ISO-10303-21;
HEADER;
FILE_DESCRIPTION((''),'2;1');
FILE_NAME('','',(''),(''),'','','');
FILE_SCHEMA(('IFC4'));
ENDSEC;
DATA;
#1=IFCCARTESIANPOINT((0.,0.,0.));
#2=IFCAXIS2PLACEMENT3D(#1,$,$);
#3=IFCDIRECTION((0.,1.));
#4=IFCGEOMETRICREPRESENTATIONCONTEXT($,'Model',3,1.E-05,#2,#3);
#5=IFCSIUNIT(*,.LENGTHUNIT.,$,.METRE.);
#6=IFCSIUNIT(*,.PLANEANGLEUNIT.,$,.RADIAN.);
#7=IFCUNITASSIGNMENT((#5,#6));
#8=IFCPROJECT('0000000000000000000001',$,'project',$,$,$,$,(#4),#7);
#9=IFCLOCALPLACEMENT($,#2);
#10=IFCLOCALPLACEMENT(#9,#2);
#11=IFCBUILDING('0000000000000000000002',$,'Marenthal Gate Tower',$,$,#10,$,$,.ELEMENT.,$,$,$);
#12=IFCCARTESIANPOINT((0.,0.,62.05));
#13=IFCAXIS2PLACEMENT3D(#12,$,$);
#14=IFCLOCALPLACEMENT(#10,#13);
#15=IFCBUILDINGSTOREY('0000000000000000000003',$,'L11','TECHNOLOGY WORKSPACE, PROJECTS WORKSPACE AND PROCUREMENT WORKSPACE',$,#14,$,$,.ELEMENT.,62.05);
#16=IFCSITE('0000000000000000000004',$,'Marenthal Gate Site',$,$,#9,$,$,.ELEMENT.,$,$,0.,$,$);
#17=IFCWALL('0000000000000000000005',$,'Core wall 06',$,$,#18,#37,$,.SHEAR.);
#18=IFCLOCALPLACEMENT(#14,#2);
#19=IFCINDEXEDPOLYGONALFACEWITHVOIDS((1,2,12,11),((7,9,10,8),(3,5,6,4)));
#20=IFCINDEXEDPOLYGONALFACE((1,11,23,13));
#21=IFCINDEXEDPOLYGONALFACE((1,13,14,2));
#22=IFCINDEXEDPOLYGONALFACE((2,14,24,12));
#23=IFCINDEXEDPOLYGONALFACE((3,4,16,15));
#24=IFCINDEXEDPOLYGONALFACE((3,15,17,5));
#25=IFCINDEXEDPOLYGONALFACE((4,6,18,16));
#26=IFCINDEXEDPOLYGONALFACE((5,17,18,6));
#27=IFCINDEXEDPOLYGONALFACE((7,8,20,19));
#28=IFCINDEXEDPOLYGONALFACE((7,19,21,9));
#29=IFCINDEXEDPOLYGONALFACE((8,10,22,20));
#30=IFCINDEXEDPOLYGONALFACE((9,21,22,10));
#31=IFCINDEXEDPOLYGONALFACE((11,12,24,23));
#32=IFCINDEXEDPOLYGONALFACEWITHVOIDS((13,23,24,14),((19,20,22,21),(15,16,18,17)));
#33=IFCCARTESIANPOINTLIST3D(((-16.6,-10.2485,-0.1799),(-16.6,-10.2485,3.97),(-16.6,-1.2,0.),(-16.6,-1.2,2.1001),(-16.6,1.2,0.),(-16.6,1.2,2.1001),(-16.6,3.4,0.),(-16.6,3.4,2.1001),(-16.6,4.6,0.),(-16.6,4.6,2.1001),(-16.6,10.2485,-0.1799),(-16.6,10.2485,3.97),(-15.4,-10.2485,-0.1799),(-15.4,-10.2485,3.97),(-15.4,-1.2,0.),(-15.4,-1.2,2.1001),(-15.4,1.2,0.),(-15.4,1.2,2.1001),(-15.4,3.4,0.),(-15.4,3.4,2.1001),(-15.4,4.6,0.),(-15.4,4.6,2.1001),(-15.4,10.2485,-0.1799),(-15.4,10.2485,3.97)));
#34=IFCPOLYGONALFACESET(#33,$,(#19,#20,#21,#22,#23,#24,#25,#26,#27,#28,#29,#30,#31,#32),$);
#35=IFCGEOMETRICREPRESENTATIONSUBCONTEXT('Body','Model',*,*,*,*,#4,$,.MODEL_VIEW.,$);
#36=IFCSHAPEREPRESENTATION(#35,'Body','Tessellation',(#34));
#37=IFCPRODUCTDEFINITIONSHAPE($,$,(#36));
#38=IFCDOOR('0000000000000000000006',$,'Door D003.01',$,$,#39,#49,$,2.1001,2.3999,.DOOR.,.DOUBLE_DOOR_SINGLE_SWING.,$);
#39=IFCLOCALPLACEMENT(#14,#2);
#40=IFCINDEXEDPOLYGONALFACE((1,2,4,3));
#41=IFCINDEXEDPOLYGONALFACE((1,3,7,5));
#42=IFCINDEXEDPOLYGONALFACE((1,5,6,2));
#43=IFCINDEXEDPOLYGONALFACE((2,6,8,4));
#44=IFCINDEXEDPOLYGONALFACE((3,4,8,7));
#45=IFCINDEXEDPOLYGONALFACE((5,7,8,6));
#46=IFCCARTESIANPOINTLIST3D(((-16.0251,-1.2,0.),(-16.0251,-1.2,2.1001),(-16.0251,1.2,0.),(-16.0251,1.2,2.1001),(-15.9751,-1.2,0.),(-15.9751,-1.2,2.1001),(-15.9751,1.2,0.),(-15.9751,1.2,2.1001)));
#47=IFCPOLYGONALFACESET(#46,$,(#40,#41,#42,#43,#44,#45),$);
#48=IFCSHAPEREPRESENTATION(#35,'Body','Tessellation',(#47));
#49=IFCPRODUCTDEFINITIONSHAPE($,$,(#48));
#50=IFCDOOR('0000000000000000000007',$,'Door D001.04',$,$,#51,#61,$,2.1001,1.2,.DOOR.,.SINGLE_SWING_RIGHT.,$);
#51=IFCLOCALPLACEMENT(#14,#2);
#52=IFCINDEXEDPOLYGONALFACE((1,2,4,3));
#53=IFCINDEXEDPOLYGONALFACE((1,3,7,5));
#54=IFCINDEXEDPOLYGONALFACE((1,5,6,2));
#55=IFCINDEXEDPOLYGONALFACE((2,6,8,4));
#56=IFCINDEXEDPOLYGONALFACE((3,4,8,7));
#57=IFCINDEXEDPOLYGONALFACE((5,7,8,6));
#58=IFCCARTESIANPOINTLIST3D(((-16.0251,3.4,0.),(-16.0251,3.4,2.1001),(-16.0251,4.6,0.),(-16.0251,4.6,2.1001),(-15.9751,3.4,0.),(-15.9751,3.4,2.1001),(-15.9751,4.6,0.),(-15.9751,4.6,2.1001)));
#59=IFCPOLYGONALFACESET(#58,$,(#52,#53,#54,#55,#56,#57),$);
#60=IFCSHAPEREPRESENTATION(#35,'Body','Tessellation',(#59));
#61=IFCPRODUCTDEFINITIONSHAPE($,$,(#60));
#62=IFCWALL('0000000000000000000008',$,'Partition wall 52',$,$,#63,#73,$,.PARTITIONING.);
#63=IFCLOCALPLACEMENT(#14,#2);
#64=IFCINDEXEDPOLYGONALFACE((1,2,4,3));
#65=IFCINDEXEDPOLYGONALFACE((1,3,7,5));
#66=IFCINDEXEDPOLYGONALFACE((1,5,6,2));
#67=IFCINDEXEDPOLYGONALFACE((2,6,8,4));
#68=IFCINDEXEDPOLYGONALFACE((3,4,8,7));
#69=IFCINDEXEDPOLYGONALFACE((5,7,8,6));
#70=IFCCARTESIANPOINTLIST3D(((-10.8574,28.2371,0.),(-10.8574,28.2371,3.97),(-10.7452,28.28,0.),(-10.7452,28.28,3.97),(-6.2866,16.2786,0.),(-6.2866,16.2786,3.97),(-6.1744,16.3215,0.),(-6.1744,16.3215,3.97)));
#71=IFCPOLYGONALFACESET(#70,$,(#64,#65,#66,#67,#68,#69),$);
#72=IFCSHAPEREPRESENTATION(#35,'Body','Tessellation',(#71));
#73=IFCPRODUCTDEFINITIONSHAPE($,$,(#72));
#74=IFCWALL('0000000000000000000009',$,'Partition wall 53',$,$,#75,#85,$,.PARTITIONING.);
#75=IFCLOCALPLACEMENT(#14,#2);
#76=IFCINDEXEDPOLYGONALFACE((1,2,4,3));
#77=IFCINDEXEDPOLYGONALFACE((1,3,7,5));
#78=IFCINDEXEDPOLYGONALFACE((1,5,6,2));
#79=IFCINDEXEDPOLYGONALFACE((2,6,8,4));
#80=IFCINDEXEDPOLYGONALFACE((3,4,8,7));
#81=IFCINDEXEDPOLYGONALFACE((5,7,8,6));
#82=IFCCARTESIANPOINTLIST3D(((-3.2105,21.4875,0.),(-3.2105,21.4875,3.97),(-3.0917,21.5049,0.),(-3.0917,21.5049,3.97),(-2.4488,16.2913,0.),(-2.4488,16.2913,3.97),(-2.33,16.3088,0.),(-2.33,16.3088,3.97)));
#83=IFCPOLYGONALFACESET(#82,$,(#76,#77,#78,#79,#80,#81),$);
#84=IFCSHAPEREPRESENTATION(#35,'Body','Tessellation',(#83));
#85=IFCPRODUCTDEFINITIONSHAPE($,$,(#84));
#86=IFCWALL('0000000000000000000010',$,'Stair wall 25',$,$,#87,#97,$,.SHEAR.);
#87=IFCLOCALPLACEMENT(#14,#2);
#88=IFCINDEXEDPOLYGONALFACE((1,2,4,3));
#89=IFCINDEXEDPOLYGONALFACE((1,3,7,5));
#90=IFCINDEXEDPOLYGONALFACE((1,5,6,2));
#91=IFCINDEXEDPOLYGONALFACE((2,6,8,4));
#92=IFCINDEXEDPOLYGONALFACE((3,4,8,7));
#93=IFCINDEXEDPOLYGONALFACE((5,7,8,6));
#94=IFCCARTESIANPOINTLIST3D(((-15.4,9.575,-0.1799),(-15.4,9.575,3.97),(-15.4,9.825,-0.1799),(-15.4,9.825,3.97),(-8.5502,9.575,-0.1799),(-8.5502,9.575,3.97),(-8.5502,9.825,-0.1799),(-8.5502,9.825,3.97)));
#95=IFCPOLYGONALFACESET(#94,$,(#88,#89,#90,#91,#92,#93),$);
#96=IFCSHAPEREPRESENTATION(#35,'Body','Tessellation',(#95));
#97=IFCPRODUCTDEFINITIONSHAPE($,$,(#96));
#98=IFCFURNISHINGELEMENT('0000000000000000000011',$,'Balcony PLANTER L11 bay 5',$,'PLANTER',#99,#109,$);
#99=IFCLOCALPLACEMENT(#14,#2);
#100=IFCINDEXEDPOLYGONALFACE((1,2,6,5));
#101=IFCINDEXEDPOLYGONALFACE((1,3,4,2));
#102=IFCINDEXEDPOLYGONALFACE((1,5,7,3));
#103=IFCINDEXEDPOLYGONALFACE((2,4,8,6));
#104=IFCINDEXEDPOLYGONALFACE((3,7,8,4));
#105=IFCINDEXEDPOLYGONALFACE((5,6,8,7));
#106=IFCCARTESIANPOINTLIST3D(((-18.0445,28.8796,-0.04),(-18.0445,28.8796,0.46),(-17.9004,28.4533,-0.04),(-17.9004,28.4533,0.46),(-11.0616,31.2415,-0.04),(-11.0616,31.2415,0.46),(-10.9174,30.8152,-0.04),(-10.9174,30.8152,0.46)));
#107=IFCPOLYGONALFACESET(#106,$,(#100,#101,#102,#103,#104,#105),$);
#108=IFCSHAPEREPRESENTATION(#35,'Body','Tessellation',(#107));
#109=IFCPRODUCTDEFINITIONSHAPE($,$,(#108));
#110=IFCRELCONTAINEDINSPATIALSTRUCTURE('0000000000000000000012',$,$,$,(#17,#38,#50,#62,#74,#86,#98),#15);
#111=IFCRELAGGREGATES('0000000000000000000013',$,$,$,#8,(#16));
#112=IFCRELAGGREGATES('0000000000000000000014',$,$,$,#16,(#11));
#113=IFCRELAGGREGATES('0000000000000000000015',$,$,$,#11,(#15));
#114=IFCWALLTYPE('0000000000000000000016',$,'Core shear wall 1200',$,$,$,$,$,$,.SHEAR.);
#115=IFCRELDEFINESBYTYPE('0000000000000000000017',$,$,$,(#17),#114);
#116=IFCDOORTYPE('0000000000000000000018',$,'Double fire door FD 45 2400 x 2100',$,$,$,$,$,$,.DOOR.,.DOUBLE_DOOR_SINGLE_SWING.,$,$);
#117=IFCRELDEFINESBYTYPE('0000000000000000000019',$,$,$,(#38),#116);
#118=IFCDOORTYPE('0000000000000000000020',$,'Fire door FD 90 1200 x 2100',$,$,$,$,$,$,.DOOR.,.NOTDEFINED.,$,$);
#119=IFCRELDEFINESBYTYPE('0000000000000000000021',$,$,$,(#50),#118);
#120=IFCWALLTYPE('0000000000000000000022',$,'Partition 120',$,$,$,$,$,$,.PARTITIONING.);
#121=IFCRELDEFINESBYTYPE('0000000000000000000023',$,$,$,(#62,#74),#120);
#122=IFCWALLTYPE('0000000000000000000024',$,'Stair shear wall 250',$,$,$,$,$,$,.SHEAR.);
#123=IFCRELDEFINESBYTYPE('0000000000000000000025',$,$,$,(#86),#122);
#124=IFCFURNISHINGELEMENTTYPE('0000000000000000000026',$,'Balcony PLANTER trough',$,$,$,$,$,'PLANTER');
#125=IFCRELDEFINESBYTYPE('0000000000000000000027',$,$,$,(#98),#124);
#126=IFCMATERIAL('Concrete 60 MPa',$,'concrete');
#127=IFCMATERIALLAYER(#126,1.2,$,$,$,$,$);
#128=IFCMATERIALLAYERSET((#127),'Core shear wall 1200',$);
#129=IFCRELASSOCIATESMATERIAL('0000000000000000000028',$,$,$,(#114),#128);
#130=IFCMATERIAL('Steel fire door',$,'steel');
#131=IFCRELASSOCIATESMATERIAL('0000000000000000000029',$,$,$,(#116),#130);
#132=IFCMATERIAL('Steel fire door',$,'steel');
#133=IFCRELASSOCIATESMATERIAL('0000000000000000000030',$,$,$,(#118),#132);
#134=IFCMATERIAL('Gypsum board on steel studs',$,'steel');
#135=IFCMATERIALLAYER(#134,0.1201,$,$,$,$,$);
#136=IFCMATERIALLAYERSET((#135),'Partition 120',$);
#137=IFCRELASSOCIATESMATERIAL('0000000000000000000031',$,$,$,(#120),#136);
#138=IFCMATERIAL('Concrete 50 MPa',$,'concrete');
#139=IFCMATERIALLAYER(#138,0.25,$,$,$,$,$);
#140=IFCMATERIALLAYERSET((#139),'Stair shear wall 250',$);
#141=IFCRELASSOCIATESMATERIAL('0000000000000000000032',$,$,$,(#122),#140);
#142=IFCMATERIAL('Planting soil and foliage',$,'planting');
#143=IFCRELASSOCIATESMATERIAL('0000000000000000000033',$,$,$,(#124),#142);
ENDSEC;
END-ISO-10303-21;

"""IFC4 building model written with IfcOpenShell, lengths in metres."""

from ifc_helpers import new_model, si_unit, direction, frame, frame_2d, origin, origin_2d, place, context, subcontext, project, spatial, rectangle, extrude, material, layer, layer_set, type_object, element, fill, save


model = new_model("IFC4")

# Units and contexts
model_context = context("Model", 3, precision=1e-05, world=origin(), true_north=direction((0.0, 1.0)))
body_context = subcontext(model_context, "Body", "Model", "MODEL_VIEW")
ifc_project = project(units=[si_unit("LENGTHUNIT", "METRE"), si_unit("PLANEANGLEUNIT", "RADIAN")], contexts=[model_context])

# Site, building, storey
site_placement = place(None, origin())
site = spatial("IfcSite", under=ifc_project, at=site_placement, Name="Marenthal Gate Site", CompositionType="ELEMENT", RefElevation=0.0)
building_placement = place(site_placement, origin())
building = spatial("IfcBuilding", under=site, at=building_placement, Name="Marenthal Gate Tower", CompositionType="ELEMENT")
storey_placement = place(building_placement, frame((0.0, 0.0, 62.05)))
storey = spatial("IfcBuildingStorey", under=building, at=storey_placement, Name="L11", Description="TECHNOLOGY WORKSPACE, PROJECTS WORKSPACE AND PROCUREMENT WORKSPACE", CompositionType="ELEMENT", Elevation=62.05)

# Shared definitions
ifc_material_1 = material(Name="Concrete 60 MPa", Category="concrete")
ifc_layer_1 = layer(ifc_material_1, 1.2)
ifc_layer_set_1 = layer_set([ifc_layer_1], Name="Core shear wall 1200")
wall_type_1 = type_object("IfcWallType", Name="Core shear wall 1200", PredefinedType="SHEAR", material=ifc_layer_set_1)

# Wall, openings, doors
wall_1_placement = place(storey_placement, frame((-16.0, 10.2485, -0.1799), z_axis=(0.0, 0.0, 1.0), x_axis=(0.0, -1.0, 0.0)))
wall_1 = element("IfcWall", 1, at=wall_1_placement, inside=storey, type_object=wall_type_1, Name="Core wall 06", PredefinedType="SHEAR", context=body_context, shape_type="SweptSolid", body=[
    extrude(rectangle(XDim=20.4971, YDim=1.2, at=frame_2d((10.2485, 0.0))), origin(), (0.0, 0.0, 1.0), 4.1499),
])
opening_1_placement = place(wall_1_placement, frame((9.0486, 0.0, 0.1799)))
opening_1 = element("IfcOpeningElement", 2, at=opening_1_placement, cuts=wall_1, PredefinedType="OPENING", context=body_context, shape_type="SweptSolid", body=[
    extrude(rectangle(XDim=2.3999, YDim=2.1001, at=frame_2d((1.2, 1.05))), frame((0.0, 0.6099, 0.0), z_axis=(0.0, -1.0, 0.0), x_axis=(1.0, 0.0, 0.0)), (0.0, 0.0, 1.0), 1.22),
])
opening_2_placement = place(wall_1_placement, frame((5.6484, 0.0, 0.1799)))
opening_2 = element("IfcOpeningElement", 3, at=opening_2_placement, cuts=wall_1, PredefinedType="OPENING", context=body_context, shape_type="SweptSolid", body=[
    extrude(rectangle(XDim=1.2, YDim=2.1001, at=frame_2d((0.6001, 1.05))), frame((0.0, 0.6099, 0.0), z_axis=(0.0, -1.0, 0.0), x_axis=(1.0, 0.0, 0.0)), (0.0, 0.0, 1.0), 1.22),
])
ifc_material_2 = material(Name="Steel fire door", Category="steel")
door_type_1 = type_object("IfcDoorType", Name="Double fire door FD 45 2400 x 2100", OperationType="DOUBLE_DOOR_SINGLE_SWING", PredefinedType="DOOR", material=ifc_material_2)
door_1_placement = place(opening_1_placement, origin())
door_1 = element("IfcDoor", 4, at=door_1_placement, inside=storey, type_object=door_type_1, Name="Door D003.01", OperationType="DOUBLE_DOOR_SINGLE_SWING", OverallHeight=2.1001, OverallWidth=2.3999, PredefinedType="DOOR", context=body_context, shape_type="SweptSolid", body=[
    extrude(rectangle(XDim=2.3999, YDim=2.1001, at=frame_2d((1.2, 1.05))), frame((0.0, 0.0249, 0.0), z_axis=(0.0, -1.0, 0.0), x_axis=(1.0, 0.0, 0.0)), (0.0, 0.0, 1.0), 0.05),
])
fill(opening_1, door_1)
ifc_material_3 = material(Name="Steel fire door", Category="steel")
door_type_2 = type_object("IfcDoorType", Name="Fire door FD 90 1200 x 2100", OperationType="NOTDEFINED", PredefinedType="DOOR", material=ifc_material_3)
door_2_placement = place(opening_2_placement, origin())
door_2 = element("IfcDoor", 5, at=door_2_placement, inside=storey, type_object=door_type_2, Name="Door D001.04", OperationType="SINGLE_SWING_RIGHT", OverallHeight=2.1001, OverallWidth=1.2, PredefinedType="DOOR", context=body_context, shape_type="SweptSolid", body=[
    extrude(rectangle(XDim=1.2, YDim=2.1001, at=frame_2d((0.6001, 1.05))), frame((0.0, 0.0249, 0.0), z_axis=(0.0, -1.0, 0.0), x_axis=(1.0, 0.0, 0.0)), (0.0, 0.0, 1.0), 0.05),
])
fill(opening_2, door_2)

# Walls
ifc_material_4 = material(Name="Gypsum board on steel studs", Category="steel")
ifc_layer_2 = layer(ifc_material_4, 0.1201)
ifc_layer_set_2 = layer_set([ifc_layer_2], Name="Partition 120")
wall_type_2 = type_object("IfcWallType", Name="Partition 120", PredefinedType="PARTITIONING", material=ifc_layer_set_2)
wall_2_placement = place(storey_placement, frame((-6.2305, 16.3, 0.0), z_axis=(0.0, 0.0, 1.0), x_axis=(-0.357031, 0.934093, 0.0)))
element("IfcWall", 6, at=wall_2_placement, inside=storey, type_object=wall_type_2, Name="Partition wall 52", PredefinedType="PARTITIONING", context=body_context, shape_type="SweptSolid", body=[
    extrude(rectangle(XDim=12.8022, YDim=0.1201, at=frame_2d((6.4011, 0.0))), origin(), (0.0, 0.0, 1.0), 3.97),
])
wall_3_placement = place(storey_placement, frame((-3.1511, 21.4963, 0.0), z_axis=(0.0, 0.0, 1.0), x_axis=(0.145039, -0.989426, 0.0)))
element("IfcWall", 7, at=wall_3_placement, inside=storey, type_object=wall_type_2, Name="Partition wall 53", PredefinedType="PARTITIONING", context=body_context, shape_type="SweptSolid", body=[
    extrude(rectangle(XDim=5.2517, YDim=0.1201, at=frame_2d((2.626, 0.0))), origin(), (0.0, 0.0, 1.0), 3.97),
])
ifc_material_5 = material(Name="Concrete 50 MPa", Category="concrete")
ifc_layer_3 = layer(ifc_material_5, 0.25)
ifc_layer_set_3 = layer_set([ifc_layer_3], Name="Stair shear wall 250")
wall_type_3 = type_object("IfcWallType", Name="Stair shear wall 250", PredefinedType="SHEAR", material=ifc_layer_set_3)
wall_4_placement = place(storey_placement, frame((-15.3999, 9.7, -0.1799), z_axis=(0.0, 0.0, 1.0), x_axis=(1.0, 0.0, 0.0)))
element("IfcWall", 8, at=wall_4_placement, inside=storey, type_object=wall_type_3, Name="Stair wall 25", PredefinedType="SHEAR", context=body_context, shape_type="SweptSolid", body=[
    extrude(rectangle(XDim=6.8499, YDim=0.25, at=frame_2d((3.4248, 0.0))), origin(), (0.0, 0.0, 1.0), 4.1499),
])

# Furnishing element
ifc_material_6 = material(Name="Planting soil and foliage", Category="planting")
furnishing_element_type = type_object("IfcFurnishingElementType", Name="Balcony PLANTER trough", ElementType="PLANTER", material=ifc_material_6)
furnishing_placement = place(storey_placement, frame((-14.481, 29.8474, -0.04), z_axis=(0.0, 0.0, 1.0), x_axis=(-0.94728, -0.320406, 0.0)))
element("IfcFurnishingElement", 9, at=furnishing_placement, inside=storey, type_object=furnishing_element_type, Name="Balcony PLANTER L11 bay 5", ObjectType="PLANTER", context=body_context, shape_type="SweptSolid", body=[
    extrude(rectangle(XDim=7.3716, YDim=0.45, at=origin_2d()), origin(), (0.0, 0.0, 1.0), 0.5),
])

save(model, "model.ifc")
